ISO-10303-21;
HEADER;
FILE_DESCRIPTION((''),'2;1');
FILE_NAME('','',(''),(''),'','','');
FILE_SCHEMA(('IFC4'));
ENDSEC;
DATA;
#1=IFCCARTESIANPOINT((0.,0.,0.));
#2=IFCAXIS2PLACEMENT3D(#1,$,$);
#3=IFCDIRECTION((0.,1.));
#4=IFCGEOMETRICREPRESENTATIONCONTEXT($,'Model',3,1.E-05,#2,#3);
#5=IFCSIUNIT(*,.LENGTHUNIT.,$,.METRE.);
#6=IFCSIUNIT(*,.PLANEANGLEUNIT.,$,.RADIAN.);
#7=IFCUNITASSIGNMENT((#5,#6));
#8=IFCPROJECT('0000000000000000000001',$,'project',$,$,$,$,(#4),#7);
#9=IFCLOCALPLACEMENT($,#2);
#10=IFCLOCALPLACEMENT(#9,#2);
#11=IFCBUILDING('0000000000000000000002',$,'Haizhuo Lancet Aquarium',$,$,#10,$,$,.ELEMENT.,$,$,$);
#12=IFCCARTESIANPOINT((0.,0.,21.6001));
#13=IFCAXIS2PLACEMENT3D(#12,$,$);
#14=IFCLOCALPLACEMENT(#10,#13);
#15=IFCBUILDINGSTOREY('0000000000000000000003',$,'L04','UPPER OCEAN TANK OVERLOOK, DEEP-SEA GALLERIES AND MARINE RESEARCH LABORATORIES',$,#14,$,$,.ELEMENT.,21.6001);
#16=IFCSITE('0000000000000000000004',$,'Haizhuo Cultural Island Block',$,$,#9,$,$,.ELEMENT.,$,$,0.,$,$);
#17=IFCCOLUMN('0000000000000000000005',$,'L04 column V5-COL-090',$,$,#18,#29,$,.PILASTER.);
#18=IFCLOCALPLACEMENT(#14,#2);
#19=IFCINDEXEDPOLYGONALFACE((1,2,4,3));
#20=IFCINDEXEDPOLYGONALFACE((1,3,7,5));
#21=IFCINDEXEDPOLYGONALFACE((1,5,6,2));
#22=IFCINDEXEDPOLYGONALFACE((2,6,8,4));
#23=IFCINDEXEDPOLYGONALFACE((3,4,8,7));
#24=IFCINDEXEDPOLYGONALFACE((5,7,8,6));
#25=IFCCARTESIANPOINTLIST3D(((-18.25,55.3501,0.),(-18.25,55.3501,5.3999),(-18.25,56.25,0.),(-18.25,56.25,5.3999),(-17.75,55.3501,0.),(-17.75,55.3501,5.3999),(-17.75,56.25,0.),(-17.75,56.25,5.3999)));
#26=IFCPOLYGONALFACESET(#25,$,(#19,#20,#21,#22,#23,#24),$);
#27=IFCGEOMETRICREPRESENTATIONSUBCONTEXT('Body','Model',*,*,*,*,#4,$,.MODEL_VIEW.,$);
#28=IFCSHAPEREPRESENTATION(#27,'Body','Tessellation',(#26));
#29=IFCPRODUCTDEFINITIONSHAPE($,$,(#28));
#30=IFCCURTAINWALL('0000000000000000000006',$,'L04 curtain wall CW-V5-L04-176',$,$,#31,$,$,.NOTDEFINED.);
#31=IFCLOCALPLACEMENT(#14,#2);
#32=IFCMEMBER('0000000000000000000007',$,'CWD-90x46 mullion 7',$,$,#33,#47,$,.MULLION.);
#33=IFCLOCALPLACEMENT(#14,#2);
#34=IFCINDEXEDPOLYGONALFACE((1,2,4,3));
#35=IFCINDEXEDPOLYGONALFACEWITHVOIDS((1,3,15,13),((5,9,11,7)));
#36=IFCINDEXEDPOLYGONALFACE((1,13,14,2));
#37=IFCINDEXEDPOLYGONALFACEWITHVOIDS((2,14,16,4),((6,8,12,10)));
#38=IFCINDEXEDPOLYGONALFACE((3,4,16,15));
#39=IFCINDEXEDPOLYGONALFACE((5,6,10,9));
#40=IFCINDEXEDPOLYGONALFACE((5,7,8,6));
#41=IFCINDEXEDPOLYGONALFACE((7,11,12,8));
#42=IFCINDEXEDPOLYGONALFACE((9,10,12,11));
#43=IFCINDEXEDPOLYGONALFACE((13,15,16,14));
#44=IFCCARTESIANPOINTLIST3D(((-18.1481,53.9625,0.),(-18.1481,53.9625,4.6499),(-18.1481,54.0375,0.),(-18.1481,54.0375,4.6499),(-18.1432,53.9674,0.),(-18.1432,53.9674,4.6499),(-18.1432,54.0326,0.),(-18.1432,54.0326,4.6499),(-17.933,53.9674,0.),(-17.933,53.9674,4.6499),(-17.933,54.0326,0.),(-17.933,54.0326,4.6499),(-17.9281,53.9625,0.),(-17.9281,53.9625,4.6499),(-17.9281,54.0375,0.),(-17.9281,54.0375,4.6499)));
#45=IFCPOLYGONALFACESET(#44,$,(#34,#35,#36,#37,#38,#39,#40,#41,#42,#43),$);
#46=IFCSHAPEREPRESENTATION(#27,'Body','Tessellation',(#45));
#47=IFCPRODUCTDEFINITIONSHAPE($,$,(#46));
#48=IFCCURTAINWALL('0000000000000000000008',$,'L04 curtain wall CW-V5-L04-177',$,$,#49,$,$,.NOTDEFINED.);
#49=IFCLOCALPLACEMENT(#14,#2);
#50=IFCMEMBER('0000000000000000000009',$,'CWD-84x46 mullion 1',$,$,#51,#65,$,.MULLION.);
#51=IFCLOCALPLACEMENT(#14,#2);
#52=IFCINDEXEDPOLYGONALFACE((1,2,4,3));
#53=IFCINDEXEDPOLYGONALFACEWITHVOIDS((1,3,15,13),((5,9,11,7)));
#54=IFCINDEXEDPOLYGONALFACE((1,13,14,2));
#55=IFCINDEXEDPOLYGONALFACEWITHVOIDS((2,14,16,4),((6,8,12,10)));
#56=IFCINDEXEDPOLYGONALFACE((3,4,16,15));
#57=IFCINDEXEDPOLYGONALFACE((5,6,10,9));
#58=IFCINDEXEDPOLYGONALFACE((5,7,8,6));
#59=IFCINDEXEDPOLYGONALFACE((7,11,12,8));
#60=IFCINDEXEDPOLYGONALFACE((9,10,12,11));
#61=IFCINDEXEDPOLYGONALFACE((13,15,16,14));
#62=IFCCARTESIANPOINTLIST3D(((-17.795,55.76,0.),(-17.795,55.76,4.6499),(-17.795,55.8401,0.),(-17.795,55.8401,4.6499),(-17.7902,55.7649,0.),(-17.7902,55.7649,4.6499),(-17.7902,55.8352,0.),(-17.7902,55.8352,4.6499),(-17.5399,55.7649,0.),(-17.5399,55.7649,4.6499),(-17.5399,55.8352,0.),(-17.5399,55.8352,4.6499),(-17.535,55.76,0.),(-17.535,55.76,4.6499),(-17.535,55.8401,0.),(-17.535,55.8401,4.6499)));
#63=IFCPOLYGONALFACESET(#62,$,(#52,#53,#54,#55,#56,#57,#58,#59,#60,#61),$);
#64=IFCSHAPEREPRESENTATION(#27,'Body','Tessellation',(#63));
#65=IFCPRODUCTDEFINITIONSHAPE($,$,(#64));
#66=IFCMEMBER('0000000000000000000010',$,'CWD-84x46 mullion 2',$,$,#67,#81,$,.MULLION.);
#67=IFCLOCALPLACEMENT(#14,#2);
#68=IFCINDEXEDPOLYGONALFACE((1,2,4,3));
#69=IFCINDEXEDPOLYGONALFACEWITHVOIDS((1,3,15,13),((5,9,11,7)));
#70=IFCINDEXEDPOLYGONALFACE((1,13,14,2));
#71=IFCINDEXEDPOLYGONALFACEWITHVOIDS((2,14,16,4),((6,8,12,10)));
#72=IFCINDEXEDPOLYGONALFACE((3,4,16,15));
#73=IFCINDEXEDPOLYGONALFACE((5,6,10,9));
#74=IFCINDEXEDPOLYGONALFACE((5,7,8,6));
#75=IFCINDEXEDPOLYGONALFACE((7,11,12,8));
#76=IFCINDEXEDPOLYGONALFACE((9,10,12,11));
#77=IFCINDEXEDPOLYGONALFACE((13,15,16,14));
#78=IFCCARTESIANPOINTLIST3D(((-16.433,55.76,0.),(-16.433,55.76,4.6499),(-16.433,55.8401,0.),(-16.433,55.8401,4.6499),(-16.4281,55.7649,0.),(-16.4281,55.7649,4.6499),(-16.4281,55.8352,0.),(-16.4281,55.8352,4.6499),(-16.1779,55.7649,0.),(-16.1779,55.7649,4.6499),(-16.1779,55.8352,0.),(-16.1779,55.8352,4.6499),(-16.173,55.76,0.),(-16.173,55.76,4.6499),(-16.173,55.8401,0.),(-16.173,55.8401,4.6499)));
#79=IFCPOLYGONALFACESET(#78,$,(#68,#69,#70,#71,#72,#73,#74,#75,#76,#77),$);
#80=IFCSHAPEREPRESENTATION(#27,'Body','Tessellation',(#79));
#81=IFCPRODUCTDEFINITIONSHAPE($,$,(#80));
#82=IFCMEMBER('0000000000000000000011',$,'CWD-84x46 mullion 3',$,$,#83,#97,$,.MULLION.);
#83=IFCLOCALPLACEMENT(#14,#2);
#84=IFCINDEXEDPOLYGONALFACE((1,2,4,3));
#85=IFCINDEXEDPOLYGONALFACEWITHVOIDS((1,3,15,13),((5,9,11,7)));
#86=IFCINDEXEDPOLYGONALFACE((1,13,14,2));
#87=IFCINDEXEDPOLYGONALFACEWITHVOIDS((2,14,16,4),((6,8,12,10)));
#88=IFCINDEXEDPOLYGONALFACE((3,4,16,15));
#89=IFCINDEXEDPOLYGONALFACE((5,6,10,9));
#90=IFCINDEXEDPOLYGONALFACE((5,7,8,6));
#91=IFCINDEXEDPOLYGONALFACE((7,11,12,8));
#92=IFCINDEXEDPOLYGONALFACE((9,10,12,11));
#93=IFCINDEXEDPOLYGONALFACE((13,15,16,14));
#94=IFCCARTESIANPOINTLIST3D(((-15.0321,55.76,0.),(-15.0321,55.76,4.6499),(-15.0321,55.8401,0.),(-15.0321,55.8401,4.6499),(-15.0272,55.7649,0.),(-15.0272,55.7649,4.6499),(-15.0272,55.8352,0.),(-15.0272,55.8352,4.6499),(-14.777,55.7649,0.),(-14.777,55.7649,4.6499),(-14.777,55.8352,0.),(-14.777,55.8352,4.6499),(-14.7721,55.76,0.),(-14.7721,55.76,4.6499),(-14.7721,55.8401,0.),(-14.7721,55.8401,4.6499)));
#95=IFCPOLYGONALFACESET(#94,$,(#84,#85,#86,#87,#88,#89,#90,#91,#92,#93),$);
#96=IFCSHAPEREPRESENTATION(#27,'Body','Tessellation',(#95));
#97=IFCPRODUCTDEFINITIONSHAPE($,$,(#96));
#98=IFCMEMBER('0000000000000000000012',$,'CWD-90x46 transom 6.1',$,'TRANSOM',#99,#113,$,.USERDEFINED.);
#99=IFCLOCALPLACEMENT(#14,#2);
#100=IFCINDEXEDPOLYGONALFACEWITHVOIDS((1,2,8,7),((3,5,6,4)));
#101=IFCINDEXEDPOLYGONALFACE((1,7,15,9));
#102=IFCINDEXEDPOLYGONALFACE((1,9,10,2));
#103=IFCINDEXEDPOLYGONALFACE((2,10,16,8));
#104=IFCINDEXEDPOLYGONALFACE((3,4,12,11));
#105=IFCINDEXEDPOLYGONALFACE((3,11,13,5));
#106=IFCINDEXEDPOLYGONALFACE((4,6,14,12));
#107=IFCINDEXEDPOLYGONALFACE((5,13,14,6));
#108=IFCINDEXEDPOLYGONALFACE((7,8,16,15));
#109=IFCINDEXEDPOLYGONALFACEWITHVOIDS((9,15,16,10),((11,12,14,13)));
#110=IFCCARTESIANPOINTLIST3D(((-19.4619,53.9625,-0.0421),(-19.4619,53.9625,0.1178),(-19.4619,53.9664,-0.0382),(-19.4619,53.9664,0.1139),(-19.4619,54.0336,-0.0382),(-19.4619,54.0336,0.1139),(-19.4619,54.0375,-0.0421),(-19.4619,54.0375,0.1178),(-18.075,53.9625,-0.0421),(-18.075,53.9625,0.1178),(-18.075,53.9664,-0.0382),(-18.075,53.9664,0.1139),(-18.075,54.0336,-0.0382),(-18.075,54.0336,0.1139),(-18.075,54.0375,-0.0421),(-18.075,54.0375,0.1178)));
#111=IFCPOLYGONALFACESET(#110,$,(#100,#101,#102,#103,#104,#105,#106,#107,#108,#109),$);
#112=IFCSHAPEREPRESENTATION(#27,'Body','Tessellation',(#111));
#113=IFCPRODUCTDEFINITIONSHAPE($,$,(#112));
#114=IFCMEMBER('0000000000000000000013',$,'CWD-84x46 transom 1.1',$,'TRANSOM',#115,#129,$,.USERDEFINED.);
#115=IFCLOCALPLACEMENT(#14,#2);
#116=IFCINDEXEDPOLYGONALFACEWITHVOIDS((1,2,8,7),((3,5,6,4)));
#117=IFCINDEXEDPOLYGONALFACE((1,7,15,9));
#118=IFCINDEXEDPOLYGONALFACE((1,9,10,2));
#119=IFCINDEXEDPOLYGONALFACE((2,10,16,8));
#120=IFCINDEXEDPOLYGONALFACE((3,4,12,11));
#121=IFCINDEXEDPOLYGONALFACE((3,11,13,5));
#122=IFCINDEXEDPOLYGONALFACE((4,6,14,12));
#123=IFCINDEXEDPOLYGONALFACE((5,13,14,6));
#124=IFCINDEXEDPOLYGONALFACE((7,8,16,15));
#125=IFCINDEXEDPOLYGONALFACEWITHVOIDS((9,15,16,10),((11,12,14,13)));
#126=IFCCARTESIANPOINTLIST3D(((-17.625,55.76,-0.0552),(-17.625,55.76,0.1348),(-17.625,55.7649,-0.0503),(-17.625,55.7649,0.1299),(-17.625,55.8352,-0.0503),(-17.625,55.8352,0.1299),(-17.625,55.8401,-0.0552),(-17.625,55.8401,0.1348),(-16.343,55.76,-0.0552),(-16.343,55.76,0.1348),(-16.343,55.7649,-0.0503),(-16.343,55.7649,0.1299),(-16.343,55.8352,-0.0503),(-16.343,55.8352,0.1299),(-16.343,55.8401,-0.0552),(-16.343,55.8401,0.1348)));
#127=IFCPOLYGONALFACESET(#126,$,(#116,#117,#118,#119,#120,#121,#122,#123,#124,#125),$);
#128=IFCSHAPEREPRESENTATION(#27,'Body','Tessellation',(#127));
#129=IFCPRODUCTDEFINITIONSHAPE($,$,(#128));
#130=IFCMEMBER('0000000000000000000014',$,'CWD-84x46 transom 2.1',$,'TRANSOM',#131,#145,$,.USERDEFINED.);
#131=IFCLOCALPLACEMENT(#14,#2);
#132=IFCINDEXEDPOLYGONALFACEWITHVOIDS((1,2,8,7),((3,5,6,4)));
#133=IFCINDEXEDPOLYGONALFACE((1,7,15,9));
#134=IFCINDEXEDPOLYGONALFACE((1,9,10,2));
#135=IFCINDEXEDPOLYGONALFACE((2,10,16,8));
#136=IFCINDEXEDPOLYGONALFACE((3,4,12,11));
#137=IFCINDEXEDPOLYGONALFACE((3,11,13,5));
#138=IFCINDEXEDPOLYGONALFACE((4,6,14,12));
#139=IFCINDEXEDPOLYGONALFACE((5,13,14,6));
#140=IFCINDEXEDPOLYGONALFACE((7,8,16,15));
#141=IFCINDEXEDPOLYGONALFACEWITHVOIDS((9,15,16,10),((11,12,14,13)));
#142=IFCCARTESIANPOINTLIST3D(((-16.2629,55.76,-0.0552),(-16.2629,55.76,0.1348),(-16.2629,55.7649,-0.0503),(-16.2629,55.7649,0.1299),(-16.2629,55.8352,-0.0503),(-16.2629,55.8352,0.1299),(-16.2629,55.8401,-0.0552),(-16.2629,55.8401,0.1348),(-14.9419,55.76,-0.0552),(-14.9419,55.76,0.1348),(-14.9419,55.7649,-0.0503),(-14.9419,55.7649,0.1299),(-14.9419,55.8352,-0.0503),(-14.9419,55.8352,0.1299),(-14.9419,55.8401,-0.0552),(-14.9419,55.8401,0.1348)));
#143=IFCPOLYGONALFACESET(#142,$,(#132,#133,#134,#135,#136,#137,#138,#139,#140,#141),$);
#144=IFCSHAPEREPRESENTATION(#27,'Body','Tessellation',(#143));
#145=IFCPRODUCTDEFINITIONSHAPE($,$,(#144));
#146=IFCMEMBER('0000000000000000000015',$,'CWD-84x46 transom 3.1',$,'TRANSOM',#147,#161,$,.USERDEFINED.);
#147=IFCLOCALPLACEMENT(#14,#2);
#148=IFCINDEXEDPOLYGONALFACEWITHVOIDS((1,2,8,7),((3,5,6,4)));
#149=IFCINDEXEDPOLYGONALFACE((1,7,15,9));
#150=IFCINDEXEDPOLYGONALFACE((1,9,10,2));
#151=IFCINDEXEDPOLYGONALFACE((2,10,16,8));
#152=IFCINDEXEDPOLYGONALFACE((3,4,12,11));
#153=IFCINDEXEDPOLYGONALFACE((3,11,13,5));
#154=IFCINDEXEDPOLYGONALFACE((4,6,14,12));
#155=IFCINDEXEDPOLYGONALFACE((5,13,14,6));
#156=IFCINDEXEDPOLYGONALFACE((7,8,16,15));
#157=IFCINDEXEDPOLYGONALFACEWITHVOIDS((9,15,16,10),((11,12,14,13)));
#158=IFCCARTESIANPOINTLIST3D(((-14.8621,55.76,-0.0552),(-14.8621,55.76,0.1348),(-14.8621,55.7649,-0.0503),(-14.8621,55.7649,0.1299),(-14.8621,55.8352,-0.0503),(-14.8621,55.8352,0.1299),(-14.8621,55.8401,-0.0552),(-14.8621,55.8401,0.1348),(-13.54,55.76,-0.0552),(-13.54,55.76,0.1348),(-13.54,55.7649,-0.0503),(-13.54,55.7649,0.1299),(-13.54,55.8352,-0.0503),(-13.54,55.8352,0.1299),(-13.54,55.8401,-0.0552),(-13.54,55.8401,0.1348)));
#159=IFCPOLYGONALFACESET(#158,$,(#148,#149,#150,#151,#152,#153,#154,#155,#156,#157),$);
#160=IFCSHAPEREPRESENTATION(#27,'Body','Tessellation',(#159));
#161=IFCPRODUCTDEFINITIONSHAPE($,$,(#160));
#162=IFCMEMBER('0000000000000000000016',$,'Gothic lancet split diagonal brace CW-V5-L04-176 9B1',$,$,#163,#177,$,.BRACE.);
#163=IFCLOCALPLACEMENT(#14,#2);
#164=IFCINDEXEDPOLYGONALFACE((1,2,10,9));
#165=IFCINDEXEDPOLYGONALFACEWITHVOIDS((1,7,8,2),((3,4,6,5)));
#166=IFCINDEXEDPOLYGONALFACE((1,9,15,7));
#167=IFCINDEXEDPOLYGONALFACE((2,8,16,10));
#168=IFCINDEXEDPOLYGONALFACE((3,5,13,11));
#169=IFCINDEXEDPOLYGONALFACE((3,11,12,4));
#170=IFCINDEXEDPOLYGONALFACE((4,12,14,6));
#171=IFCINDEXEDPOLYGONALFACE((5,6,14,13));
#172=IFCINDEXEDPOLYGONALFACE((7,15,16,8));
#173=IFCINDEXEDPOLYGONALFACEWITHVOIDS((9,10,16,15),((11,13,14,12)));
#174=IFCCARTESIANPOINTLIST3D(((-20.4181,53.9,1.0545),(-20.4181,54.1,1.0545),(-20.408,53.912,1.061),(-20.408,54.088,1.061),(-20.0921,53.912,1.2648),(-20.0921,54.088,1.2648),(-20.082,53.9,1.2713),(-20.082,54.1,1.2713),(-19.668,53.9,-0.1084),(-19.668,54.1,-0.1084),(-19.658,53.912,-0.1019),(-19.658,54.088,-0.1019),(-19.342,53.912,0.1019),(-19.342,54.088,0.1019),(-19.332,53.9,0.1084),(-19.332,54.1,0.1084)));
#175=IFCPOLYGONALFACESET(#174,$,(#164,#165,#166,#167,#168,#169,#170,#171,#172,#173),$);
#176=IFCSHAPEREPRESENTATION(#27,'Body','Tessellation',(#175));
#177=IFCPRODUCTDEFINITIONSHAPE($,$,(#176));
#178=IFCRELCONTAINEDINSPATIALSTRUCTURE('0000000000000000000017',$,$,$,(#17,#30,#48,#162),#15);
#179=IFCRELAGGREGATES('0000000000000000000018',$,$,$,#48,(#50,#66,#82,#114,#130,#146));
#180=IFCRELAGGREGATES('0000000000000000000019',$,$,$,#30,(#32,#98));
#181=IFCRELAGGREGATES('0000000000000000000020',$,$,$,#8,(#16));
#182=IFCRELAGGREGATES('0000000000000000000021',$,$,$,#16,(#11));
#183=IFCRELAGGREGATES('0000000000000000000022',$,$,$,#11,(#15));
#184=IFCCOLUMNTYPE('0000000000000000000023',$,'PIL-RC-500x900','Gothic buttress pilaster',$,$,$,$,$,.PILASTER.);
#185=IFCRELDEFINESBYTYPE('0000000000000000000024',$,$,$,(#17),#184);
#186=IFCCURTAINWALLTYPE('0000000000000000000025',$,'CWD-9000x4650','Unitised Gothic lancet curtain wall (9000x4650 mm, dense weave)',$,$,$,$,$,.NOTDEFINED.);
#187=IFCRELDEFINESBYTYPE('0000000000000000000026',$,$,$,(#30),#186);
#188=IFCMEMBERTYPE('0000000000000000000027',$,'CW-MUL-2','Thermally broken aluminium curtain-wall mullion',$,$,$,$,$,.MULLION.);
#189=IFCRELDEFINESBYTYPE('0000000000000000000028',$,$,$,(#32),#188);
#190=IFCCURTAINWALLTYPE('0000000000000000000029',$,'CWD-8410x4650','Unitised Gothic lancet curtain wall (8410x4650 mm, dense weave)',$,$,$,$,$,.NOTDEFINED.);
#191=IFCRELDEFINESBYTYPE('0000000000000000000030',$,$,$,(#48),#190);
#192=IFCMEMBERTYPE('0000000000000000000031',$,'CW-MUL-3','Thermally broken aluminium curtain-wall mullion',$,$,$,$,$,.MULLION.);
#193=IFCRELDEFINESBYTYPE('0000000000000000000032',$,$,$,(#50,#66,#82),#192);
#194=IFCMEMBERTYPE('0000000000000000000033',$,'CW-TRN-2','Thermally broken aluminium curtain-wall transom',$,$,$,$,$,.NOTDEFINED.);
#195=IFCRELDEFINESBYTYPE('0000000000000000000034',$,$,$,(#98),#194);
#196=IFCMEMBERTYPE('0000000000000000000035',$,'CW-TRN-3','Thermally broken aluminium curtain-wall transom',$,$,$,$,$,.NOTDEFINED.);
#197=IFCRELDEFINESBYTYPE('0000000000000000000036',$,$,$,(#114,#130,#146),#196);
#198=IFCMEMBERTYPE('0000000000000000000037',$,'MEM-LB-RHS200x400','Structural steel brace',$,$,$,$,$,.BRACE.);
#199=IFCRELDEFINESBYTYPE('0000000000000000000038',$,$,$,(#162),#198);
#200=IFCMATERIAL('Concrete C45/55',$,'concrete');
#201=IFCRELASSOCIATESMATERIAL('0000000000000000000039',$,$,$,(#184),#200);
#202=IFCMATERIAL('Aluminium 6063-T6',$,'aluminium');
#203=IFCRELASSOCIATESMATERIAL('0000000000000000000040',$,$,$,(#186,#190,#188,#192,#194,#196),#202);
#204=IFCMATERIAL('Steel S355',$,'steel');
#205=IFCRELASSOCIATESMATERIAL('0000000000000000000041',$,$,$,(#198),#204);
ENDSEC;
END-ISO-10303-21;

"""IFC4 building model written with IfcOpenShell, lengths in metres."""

from ifc_helpers import new_model, si_unit, direction, frame, origin, origin_2d, place, context, subcontext, project, spatial, rectangle, hollow_rectangle, extrude, material, material_profile, profile_set, type_object, element, aggregate, save


model = new_model("IFC4")

# Units and contexts
model_context = context("Model", 3, precision=1e-05, world=origin(), true_north=direction((0.0, 1.0)))
body_context = subcontext(model_context, "Body", "Model", "MODEL_VIEW")
ifc_project = project(units=[si_unit("LENGTHUNIT", "METRE"), si_unit("PLANEANGLEUNIT", "RADIAN")], contexts=[model_context])

# Site, building, storey
site_placement = place(None, origin())
site = spatial("IfcSite", under=ifc_project, at=site_placement, Name="Haizhuo Cultural Island Block", CompositionType="ELEMENT", RefElevation=0.0)
building_placement = place(site_placement, origin())
building = spatial("IfcBuilding", under=site, at=building_placement, Name="Haizhuo Lancet Aquarium", CompositionType="ELEMENT")
storey_placement = place(building_placement, frame((0.0, 0.0, 21.6001)))
storey = spatial("IfcBuildingStorey", under=building, at=storey_placement, Name="L04", Description="UPPER OCEAN TANK OVERLOOK, DEEP-SEA GALLERIES AND MARINE RESEARCH LABORATORIES", CompositionType="ELEMENT", Elevation=21.6001)

# Column
ifc_material_1 = material(Name="Concrete C45/55", Category="concrete")
ifc_material_profile_1 = material_profile(ifc_material_1, rectangle(XDim=0.5, YDim=0.8999, at=origin_2d()), Name="RC-PIL 500x900")
ifc_profile_set_1 = profile_set([ifc_material_profile_1], Name="Concrete C45/55")
column_type = type_object("IfcColumnType", Name="PIL-RC-500x900", Description="Gothic buttress pilaster", PredefinedType="PILASTER", material=ifc_profile_set_1)
column_placement = place(storey_placement, frame((-18.0, 55.8, 0.0), z_axis=(0.0, 0.0, 1.0), x_axis=(1.0, 0.0, 0.0)))
element("IfcColumn", 1, at=column_placement, inside=storey, type_object=column_type, Name="L04 column V5-COL-090", PredefinedType="PILASTER", context=body_context, shape_type="SweptSolid", body=[
    extrude(rectangle(XDim=0.5, YDim=0.8999, at=origin_2d()), origin(), (0.0, 0.0, 1.0), 5.3999),
])

# Curtain wall, member
ifc_material_2 = material(Name="Aluminium 6063-T6", Category="aluminium")
curtain_wall_type_1 = type_object("IfcCurtainWallType", Name="CWD-9000x4650", Description="Unitised Gothic lancet curtain wall (9000x4650 mm, dense weave)", PredefinedType="NOTDEFINED", material=ifc_material_2)
curtain_wall_1_placement = place(storey_placement, origin())
curtain_wall_1 = element("IfcCurtainWall", 2, at=curtain_wall_1_placement, inside=storey, type_object=curtain_wall_type_1, Name="L04 curtain wall CW-V5-L04-176", PredefinedType="NOTDEFINED")
ifc_material_profile_2 = material_profile(ifc_material_2, hollow_rectangle(XDim=0.075, YDim=0.22, WallThickness=0.0049, at=origin_2d()), Name="ALU-M 75x220x5")
ifc_profile_set_2 = profile_set([ifc_material_profile_2], Name="Aluminium 6063-T6")
member_type_1 = type_object("IfcMemberType", Name="CW-MUL-2", Description="Thermally broken aluminium curtain-wall mullion", PredefinedType="MULLION", material=ifc_profile_set_2)
member_1_placement = place(storey_placement, frame((-18.0381, 54.0, 0.0), z_axis=(0.0, 0.0, 1.0), x_axis=(0.0, 1.0, 0.0)))
member_1 = element("IfcMember", 3, at=member_1_placement, type_object=member_type_1, Name="CWD-90x46 mullion 7", PredefinedType="MULLION", context=body_context, shape_type="SweptSolid", body=[
    extrude(hollow_rectangle(XDim=0.075, YDim=0.22, WallThickness=0.0049, at=origin_2d()), origin(), (0.0, 0.0, 1.0), 4.6499),
])

# Curtain wall, members
curtain_wall_type_2 = type_object("IfcCurtainWallType", Name="CWD-8410x4650", Description="Unitised Gothic lancet curtain wall (8410x4650 mm, dense weave)", PredefinedType="NOTDEFINED", material=ifc_material_2)
curtain_wall_2_placement = place(storey_placement, origin())
curtain_wall_2 = element("IfcCurtainWall", 4, at=curtain_wall_2_placement, inside=storey, type_object=curtain_wall_type_2, Name="L04 curtain wall CW-V5-L04-177", PredefinedType="NOTDEFINED")
ifc_material_profile_3 = material_profile(ifc_material_2, hollow_rectangle(XDim=0.0801, YDim=0.26, WallThickness=0.0049, at=origin_2d()), Name="ALU-M 80x260x5")
ifc_profile_set_3 = profile_set([ifc_material_profile_3], Name="Aluminium 6063-T6")
member_type_2 = type_object("IfcMemberType", Name="CW-MUL-3", Description="Thermally broken aluminium curtain-wall mullion", PredefinedType="MULLION", material=ifc_profile_set_3)
member_2_placement = place(storey_placement, frame((-17.665, 55.8, 0.0), z_axis=(0.0, 0.0, 1.0), x_axis=(0.0, 1.0, 0.0)))
member_2 = element("IfcMember", 5, at=member_2_placement, type_object=member_type_2, Name="CWD-84x46 mullion 1", PredefinedType="MULLION", context=body_context, shape_type="SweptSolid", body=[
    extrude(hollow_rectangle(XDim=0.0801, YDim=0.26, WallThickness=0.0049, at=origin_2d()), origin(), (0.0, 0.0, 1.0), 4.6499),
])
member_3_placement = place(storey_placement, frame((-16.303, 55.8, 0.0), z_axis=(0.0, 0.0, 1.0), x_axis=(0.0, 1.0, 0.0)))
member_3 = element("IfcMember", 6, at=member_3_placement, type_object=member_type_2, Name="CWD-84x46 mullion 2", PredefinedType="MULLION", context=body_context, shape_type="SweptSolid", body=[
    extrude(hollow_rectangle(XDim=0.0801, YDim=0.26, WallThickness=0.0049, at=origin_2d()), origin(), (0.0, 0.0, 1.0), 4.6499),
])
member_4_placement = place(storey_placement, frame((-14.9021, 55.8, 0.0), z_axis=(0.0, 0.0, 1.0), x_axis=(0.0, 1.0, 0.0)))
member_4 = element("IfcMember", 7, at=member_4_placement, type_object=member_type_2, Name="CWD-84x46 mullion 3", PredefinedType="MULLION", context=body_context, shape_type="SweptSolid", body=[
    extrude(hollow_rectangle(XDim=0.0801, YDim=0.26, WallThickness=0.0049, at=origin_2d()), origin(), (0.0, 0.0, 1.0), 4.6499),
])

# Members
ifc_material_profile_4 = material_profile(ifc_material_2, hollow_rectangle(XDim=0.075, YDim=0.1599, WallThickness=0.0039, at=origin_2d()), Name="ALU-T 75x160x4")
ifc_profile_set_4 = profile_set([ifc_material_profile_4], Name="Aluminium 6063-T6")
member_type_3 = type_object("IfcMemberType", Name="CW-TRN-2", Description="Thermally broken aluminium curtain-wall transom", PredefinedType="NOTDEFINED", material=ifc_profile_set_4)
member_5_placement = place(storey_placement, frame((-19.4619, 54.0, 0.0378), z_axis=(1.0, 0.0, 0.0), x_axis=(0.0, 1.0, 0.0)))
member_5 = element("IfcMember", 8, at=member_5_placement, type_object=member_type_3, Name="CWD-90x46 transom 6.1", ObjectType="TRANSOM", PredefinedType="USERDEFINED", context=body_context, shape_type="SweptSolid", body=[
    extrude(hollow_rectangle(XDim=0.075, YDim=0.1599, WallThickness=0.0039, at=origin_2d()), origin(), (0.0, 0.0, 1.0), 1.387),
])
ifc_material_profile_5 = material_profile(ifc_material_2, hollow_rectangle(XDim=0.0801, YDim=0.1899, WallThickness=0.0049, at=origin_2d()), Name="ALU-T 80x190x5")
ifc_profile_set_5 = profile_set([ifc_material_profile_5], Name="Aluminium 6063-T6")
member_type_4 = type_object("IfcMemberType", Name="CW-TRN-3", Description="Thermally broken aluminium curtain-wall transom", PredefinedType="NOTDEFINED", material=ifc_profile_set_5)
member_6_placement = place(storey_placement, frame((-17.625, 55.8, 0.0398), z_axis=(1.0, 0.0, 0.0), x_axis=(0.0, 1.0, 0.0)))
member_6 = element("IfcMember", 9, at=member_6_placement, type_object=member_type_4, Name="CWD-84x46 transom 1.1", ObjectType="TRANSOM", PredefinedType="USERDEFINED", context=body_context, shape_type="SweptSolid", body=[
    extrude(hollow_rectangle(XDim=0.0801, YDim=0.1899, WallThickness=0.0049, at=origin_2d()), origin(), (0.0, 0.0, 1.0), 1.282),
])
member_7_placement = place(storey_placement, frame((-16.2629, 55.8, 0.0398), z_axis=(1.0, 0.0, 0.0), x_axis=(0.0, 1.0, 0.0)))
member_7 = element("IfcMember", 10, at=member_7_placement, type_object=member_type_4, Name="CWD-84x46 transom 2.1", ObjectType="TRANSOM", PredefinedType="USERDEFINED", context=body_context, shape_type="SweptSolid", body=[
    extrude(hollow_rectangle(XDim=0.0801, YDim=0.1899, WallThickness=0.0049, at=origin_2d()), origin(), (0.0, 0.0, 1.0), 1.321),
])
member_8_placement = place(storey_placement, frame((-14.8621, 55.8, 0.0398), z_axis=(1.0, 0.0, 0.0), x_axis=(0.0, 1.0, 0.0)))
member_8 = element("IfcMember", 11, at=member_8_placement, type_object=member_type_4, Name="CWD-84x46 transom 3.1", ObjectType="TRANSOM", PredefinedType="USERDEFINED", context=body_context, shape_type="SweptSolid", body=[
    extrude(hollow_rectangle(XDim=0.0801, YDim=0.1899, WallThickness=0.0049, at=origin_2d()), origin(), (0.0, 0.0, 1.0), 1.322),
])

# Member
ifc_material_3 = material(Name="Steel S355", Category="steel")
ifc_material_profile_6 = material_profile(ifc_material_3, hollow_rectangle(XDim=0.2, YDim=0.3999, WallThickness=0.012, at=origin_2d()), Name="RHS 200x400x12")
ifc_profile_set_6 = profile_set([ifc_material_profile_6], Name="Steel S355")
member_type_5 = type_object("IfcMemberType", Name="MEM-LB-RHS200x400", Description="Structural steel brace", PredefinedType="BRACE", material=ifc_profile_set_6)
member_9_placement = place(storey_placement, frame((-19.5, 54.0, 0.0), z_axis=(-0.542014, 0.0, 0.840369), x_axis=(0.0, -1.0, 0.0)))
element("IfcMember", 12, at=member_9_placement, inside=storey, type_object=member_type_5, Name="Gothic lancet split diagonal brace CW-V5-L04-176 9B1", PredefinedType="BRACE", context=body_context, shape_type="SweptSolid", body=[
    extrude(hollow_rectangle(XDim=0.2, YDim=0.3999, WallThickness=0.012, at=origin_2d()), origin(), (0.0, 0.0, 1.0), 1.3838),
])

aggregate(curtain_wall_2, [member_2, member_3, member_4, member_6, member_7, member_8])
aggregate(curtain_wall_1, [member_1, member_5])

save(model, "model.ifc")
